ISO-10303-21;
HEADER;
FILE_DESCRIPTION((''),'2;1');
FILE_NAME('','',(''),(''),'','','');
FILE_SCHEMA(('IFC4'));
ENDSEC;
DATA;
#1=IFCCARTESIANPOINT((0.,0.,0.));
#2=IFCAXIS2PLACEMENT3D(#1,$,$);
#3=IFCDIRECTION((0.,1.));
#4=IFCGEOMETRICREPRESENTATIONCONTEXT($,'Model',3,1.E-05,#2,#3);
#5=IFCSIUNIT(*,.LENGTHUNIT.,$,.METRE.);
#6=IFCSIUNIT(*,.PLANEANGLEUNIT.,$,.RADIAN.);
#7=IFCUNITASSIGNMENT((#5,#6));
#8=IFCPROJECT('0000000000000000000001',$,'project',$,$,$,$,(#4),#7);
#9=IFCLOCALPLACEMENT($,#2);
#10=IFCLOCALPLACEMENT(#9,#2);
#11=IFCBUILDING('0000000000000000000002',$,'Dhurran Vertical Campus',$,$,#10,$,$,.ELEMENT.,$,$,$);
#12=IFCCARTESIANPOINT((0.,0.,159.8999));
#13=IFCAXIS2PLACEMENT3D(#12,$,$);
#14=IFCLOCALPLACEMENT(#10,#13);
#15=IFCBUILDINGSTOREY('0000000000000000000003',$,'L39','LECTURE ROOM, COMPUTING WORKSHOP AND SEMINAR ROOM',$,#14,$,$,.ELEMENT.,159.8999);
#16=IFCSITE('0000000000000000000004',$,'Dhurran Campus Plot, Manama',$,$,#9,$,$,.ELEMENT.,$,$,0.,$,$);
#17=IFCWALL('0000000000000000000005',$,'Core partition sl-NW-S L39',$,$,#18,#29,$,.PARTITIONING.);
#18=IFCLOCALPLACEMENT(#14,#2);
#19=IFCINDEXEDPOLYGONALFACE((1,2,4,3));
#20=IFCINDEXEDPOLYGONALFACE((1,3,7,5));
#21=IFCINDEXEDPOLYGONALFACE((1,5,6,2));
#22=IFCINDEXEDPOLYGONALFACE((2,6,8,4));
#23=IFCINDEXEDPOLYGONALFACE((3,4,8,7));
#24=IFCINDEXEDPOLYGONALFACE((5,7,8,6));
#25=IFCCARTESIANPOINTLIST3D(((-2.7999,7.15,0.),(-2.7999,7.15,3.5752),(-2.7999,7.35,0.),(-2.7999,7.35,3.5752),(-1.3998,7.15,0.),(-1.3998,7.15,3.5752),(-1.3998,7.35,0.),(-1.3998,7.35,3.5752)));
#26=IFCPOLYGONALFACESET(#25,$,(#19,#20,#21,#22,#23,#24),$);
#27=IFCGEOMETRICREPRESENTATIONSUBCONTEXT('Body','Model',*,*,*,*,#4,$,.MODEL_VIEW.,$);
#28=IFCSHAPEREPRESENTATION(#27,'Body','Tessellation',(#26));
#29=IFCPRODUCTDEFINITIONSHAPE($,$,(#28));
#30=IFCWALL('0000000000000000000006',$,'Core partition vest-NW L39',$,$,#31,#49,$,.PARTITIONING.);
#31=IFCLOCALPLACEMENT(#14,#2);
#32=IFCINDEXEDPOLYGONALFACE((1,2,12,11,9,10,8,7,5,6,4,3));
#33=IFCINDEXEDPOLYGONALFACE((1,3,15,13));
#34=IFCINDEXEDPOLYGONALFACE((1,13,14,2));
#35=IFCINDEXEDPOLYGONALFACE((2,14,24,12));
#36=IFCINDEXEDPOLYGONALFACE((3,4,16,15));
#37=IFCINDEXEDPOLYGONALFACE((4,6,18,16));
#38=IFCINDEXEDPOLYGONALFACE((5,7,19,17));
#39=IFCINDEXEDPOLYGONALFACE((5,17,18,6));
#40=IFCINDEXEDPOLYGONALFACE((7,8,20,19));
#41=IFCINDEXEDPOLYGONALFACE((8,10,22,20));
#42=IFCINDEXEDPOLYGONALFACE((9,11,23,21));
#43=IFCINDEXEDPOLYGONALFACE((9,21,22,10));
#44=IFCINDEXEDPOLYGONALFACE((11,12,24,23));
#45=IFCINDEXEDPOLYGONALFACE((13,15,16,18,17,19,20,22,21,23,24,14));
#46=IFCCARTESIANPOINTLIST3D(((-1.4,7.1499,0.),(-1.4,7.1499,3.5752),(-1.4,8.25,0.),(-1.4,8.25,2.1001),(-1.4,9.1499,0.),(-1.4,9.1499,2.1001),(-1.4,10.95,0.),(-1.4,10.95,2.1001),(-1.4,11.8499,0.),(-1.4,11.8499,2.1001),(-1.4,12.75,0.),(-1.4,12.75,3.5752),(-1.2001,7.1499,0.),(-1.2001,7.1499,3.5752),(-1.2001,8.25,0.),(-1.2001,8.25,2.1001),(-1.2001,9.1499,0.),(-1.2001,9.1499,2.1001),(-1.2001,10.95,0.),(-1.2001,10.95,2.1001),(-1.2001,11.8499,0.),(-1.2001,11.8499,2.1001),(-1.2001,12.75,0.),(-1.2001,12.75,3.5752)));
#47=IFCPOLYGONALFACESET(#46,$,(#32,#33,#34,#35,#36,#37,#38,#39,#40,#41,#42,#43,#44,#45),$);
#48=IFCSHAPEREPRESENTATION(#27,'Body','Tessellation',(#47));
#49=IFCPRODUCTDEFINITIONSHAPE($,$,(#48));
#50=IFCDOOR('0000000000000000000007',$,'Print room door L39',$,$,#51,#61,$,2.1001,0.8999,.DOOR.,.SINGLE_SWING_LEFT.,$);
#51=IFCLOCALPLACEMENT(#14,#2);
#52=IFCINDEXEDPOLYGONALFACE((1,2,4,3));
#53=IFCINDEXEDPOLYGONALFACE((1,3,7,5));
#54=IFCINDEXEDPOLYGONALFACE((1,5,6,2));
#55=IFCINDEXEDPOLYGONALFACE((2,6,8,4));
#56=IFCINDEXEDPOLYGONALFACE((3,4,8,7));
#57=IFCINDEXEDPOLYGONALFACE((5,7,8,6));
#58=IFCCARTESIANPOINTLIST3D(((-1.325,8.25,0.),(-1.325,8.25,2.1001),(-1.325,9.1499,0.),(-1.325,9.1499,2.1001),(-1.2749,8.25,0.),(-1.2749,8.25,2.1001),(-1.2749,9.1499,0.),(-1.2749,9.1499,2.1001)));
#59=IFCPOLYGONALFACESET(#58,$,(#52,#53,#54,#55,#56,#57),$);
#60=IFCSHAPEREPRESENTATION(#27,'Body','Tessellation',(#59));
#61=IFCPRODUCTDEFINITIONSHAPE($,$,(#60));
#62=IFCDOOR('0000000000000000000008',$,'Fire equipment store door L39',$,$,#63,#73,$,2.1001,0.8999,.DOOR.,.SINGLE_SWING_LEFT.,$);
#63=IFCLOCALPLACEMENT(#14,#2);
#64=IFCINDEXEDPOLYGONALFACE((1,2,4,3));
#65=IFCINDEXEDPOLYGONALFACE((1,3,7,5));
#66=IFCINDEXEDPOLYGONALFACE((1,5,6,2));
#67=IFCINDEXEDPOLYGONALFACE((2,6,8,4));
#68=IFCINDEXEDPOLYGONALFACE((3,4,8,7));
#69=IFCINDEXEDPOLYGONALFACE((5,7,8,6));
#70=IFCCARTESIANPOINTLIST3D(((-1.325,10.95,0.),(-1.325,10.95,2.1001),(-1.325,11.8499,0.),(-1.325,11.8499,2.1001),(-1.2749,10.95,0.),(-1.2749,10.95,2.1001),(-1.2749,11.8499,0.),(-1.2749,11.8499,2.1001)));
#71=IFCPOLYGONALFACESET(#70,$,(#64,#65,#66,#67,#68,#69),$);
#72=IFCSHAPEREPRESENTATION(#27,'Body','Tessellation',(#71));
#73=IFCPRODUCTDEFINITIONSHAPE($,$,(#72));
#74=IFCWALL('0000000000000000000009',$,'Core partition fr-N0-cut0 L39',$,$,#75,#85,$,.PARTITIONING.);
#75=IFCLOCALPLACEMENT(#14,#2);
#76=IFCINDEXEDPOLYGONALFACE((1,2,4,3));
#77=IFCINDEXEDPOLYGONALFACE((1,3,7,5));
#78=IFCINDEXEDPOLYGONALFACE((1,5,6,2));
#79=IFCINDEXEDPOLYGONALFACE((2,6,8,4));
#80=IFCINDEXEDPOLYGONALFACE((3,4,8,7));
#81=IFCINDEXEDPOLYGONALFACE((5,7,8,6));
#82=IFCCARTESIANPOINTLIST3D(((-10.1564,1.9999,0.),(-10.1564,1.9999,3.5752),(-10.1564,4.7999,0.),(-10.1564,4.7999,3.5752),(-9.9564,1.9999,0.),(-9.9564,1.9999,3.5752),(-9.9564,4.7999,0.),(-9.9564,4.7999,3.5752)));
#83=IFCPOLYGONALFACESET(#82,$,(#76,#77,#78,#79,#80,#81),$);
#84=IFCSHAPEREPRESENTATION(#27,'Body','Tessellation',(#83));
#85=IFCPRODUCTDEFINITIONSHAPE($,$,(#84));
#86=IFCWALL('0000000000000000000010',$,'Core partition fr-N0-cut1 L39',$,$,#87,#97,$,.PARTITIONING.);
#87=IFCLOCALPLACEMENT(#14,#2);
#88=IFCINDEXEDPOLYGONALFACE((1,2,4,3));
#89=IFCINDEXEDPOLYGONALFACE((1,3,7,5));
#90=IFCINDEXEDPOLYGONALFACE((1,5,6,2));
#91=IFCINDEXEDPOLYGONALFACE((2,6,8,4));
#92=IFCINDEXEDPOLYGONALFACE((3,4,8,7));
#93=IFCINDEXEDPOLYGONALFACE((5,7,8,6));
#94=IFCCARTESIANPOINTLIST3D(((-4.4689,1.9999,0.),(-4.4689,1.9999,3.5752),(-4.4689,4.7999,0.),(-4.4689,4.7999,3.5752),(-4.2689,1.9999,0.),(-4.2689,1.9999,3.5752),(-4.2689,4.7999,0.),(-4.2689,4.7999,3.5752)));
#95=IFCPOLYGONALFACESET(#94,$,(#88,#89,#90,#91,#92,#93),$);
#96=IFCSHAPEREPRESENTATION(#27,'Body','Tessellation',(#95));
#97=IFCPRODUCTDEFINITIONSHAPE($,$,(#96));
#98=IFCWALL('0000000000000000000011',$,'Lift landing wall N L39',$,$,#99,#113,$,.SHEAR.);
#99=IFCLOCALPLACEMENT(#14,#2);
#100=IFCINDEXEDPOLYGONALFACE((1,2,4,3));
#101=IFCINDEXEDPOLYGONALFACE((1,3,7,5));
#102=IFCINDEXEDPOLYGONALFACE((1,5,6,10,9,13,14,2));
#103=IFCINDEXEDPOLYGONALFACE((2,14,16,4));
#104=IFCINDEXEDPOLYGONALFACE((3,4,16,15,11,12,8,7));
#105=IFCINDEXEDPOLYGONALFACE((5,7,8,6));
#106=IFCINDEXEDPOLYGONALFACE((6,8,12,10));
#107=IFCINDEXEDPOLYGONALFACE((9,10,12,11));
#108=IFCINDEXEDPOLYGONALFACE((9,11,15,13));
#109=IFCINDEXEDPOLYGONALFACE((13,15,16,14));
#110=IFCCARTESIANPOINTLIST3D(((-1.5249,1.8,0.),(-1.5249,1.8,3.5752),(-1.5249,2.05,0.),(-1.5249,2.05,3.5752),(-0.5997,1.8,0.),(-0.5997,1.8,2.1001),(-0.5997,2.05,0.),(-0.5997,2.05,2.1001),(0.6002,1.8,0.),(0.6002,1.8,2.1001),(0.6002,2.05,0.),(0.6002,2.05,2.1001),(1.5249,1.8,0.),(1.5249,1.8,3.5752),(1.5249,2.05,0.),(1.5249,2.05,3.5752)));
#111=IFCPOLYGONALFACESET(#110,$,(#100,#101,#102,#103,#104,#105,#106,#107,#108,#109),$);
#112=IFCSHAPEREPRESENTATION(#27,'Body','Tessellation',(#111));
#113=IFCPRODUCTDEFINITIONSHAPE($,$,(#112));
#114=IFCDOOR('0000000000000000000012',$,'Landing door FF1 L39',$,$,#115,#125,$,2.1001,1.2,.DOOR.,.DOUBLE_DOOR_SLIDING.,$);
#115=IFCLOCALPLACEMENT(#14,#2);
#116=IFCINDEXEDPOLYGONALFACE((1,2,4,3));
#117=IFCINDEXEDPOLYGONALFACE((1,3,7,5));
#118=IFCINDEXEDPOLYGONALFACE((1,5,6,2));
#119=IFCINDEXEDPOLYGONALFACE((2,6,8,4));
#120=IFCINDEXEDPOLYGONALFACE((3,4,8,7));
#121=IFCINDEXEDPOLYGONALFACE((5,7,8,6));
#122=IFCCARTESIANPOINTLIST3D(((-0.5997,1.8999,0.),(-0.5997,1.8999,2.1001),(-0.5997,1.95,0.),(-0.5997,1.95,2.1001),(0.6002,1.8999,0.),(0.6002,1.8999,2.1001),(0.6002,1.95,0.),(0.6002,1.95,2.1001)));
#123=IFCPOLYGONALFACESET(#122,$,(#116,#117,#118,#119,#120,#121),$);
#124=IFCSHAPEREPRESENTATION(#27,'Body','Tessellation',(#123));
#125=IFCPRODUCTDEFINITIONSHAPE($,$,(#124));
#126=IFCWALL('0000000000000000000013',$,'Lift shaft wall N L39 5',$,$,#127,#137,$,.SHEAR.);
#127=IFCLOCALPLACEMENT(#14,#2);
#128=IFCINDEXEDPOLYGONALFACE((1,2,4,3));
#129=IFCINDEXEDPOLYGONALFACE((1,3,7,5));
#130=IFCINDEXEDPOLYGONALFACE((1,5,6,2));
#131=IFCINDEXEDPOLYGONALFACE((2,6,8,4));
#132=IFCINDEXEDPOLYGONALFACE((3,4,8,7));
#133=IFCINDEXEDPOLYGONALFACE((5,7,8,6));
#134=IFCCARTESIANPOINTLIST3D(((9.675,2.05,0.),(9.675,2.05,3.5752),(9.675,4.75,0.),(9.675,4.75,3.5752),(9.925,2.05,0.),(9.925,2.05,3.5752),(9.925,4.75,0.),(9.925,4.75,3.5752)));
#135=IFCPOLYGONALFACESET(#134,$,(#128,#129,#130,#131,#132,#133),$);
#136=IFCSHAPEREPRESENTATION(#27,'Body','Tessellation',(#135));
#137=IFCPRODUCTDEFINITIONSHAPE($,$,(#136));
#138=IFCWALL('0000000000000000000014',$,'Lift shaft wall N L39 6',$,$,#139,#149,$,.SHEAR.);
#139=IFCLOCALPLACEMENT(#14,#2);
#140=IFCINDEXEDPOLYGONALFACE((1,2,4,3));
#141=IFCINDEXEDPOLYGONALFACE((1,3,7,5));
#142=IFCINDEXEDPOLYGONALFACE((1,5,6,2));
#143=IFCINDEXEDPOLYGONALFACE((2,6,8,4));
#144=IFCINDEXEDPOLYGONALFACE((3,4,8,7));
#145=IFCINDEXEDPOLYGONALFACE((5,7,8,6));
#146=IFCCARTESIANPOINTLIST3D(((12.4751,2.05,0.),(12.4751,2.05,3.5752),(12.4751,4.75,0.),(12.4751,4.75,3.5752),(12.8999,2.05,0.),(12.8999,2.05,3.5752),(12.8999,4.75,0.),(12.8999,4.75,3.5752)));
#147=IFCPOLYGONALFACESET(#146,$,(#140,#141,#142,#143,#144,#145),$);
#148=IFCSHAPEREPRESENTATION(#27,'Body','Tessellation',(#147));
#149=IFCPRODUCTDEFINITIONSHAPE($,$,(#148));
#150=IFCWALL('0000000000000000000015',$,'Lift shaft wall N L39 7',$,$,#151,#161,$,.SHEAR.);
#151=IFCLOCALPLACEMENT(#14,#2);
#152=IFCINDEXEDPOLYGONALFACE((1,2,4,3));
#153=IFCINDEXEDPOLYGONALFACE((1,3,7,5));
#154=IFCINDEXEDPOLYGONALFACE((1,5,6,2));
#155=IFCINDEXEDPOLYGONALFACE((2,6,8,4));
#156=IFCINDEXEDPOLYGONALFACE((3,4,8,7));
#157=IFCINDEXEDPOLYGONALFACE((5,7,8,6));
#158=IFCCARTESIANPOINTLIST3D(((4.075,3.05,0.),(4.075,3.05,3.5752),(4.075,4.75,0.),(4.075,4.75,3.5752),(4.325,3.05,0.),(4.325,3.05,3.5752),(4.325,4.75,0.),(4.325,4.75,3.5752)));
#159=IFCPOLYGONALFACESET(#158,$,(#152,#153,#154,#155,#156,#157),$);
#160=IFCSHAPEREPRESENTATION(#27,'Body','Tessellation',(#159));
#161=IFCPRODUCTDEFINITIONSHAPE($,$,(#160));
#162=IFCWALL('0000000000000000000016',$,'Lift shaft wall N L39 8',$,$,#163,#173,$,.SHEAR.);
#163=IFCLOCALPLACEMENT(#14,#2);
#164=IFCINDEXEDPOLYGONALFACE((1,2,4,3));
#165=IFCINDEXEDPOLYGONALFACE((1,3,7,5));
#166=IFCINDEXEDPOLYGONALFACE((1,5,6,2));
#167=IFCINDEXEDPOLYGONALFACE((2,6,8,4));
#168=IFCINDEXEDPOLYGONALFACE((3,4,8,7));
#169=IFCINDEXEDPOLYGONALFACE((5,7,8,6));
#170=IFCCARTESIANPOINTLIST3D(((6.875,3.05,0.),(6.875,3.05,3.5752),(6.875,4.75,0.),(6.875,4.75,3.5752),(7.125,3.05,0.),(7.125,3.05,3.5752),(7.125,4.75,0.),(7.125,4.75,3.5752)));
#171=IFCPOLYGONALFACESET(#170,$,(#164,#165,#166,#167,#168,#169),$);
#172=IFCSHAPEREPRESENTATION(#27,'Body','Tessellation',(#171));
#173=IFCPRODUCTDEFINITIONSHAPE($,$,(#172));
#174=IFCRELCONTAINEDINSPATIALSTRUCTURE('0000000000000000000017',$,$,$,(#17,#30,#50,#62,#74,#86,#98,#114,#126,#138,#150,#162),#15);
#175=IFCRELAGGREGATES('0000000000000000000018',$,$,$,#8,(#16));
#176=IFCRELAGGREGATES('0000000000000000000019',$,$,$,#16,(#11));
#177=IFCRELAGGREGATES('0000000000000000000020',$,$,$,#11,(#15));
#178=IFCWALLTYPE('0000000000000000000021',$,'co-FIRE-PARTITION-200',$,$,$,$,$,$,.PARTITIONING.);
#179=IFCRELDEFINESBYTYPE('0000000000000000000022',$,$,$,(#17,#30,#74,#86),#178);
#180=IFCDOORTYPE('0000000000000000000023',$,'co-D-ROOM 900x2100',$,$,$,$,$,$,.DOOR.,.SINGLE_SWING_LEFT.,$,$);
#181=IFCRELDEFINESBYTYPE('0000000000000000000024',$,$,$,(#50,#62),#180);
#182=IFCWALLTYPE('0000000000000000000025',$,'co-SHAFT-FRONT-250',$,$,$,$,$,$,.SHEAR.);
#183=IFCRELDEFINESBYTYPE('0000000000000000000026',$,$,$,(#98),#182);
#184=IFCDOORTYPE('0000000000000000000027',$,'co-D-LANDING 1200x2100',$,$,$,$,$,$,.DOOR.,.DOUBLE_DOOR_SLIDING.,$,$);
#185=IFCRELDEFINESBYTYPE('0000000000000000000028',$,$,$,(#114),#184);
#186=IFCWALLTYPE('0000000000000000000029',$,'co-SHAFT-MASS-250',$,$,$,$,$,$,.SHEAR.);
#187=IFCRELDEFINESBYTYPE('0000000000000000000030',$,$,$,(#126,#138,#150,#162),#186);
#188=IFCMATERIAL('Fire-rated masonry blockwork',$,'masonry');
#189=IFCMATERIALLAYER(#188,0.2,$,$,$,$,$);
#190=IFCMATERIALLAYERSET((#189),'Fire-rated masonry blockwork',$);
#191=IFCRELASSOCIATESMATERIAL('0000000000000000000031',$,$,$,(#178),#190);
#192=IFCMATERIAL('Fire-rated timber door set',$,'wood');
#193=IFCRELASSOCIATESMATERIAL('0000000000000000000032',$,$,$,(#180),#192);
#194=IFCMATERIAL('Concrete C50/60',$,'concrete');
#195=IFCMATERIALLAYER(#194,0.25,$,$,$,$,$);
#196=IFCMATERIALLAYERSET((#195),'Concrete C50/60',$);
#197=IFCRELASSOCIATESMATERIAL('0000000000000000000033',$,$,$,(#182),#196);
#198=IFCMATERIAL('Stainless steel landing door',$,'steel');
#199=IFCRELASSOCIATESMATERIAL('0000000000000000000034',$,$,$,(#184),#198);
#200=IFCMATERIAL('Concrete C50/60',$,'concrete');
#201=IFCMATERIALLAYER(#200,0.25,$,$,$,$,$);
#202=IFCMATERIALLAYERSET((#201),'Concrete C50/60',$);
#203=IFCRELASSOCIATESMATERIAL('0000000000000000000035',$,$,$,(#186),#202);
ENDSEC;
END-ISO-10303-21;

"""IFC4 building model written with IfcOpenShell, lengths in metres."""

from ifc_helpers import new_model, si_unit, direction, frame, frame_2d, origin, place, context, subcontext, project, spatial, polyline, rectangle, outline, extrude, material, layer, layer_set, type_object, element, fill, save


model = new_model("IFC4")

# Units and contexts
model_context = context("Model", 3, precision=1e-05, world=origin(), true_north=direction((0.0, 1.0)))
body_context = subcontext(model_context, "Body", "Model", "MODEL_VIEW")
ifc_project = project(units=[si_unit("LENGTHUNIT", "METRE"), si_unit("PLANEANGLEUNIT", "RADIAN")], contexts=[model_context])

# Site, building, storey
site_placement = place(None, origin())
site = spatial("IfcSite", under=ifc_project, at=site_placement, Name="Dhurran Campus Plot, Manama", CompositionType="ELEMENT", RefElevation=0.0)
building_placement = place(site_placement, origin())
building = spatial("IfcBuilding", under=site, at=building_placement, Name="Dhurran Vertical Campus", CompositionType="ELEMENT")
storey_placement = place(building_placement, frame((0.0, 0.0, 159.8999)))
storey = spatial("IfcBuildingStorey", under=building, at=storey_placement, Name="L39", Description="LECTURE ROOM, COMPUTING WORKSHOP AND SEMINAR ROOM", CompositionType="ELEMENT", Elevation=159.8999)

# Wall
ifc_material_1 = material(Name="Fire-rated masonry blockwork", Category="masonry")
ifc_layer_1 = layer(ifc_material_1, 0.2)
ifc_layer_set_1 = layer_set([ifc_layer_1], Name="Fire-rated masonry blockwork")
wall_type_1 = type_object("IfcWallType", Name="co-FIRE-PARTITION-200", PredefinedType="PARTITIONING", material=ifc_layer_set_1)
wall_1_placement = place(storey_placement, frame((-2.8, 7.25, 0.0), z_axis=(0.0, 0.0, 1.0), x_axis=(1.0, 0.0, 0.0)))
element("IfcWall", 1, at=wall_1_placement, inside=storey, type_object=wall_type_1, Name="Core partition sl-NW-S L39", PredefinedType="PARTITIONING", context=body_context, shape_type="SweptSolid", body=[
    extrude(rectangle(XDim=1.4001, YDim=0.2, at=frame_2d((0.7002, 0.0))), origin(), (0.0, 0.0, 1.0), 3.5752),
])

# Wall, openings, doors
wall_2_placement = place(storey_placement, frame((-1.3, 7.1499, 0.0), z_axis=(0.0, 0.0, 1.0), x_axis=(0.0, 1.0, 0.0)))
wall_2 = element("IfcWall", 2, at=wall_2_placement, inside=storey, type_object=wall_type_1, Name="Core partition vest-NW L39", PredefinedType="PARTITIONING", context=body_context, shape_type="SweptSolid", body=[
    extrude(rectangle(XDim=5.6001, YDim=0.2, at=frame_2d((2.8, 0.0))), origin(), (0.0, 0.0, 1.0), 3.5752),
])
opening_1_placement = place(wall_2_placement, frame((1.1001, 0.0, 0.0)))
opening_1 = element("IfcOpeningElement", 3, at=opening_1_placement, cuts=wall_2, PredefinedType="OPENING", context=body_context, shape_type="SweptSolid", body=[
    extrude(rectangle(XDim=0.8999, YDim=2.1001, at=frame_2d((0.45, 1.05))), frame((0.0, 0.1099, 0.0), z_axis=(0.0, -1.0, 0.0), x_axis=(1.0, 0.0, 0.0)), (0.0, 0.0, 1.0), 0.22),
])
opening_2_placement = place(wall_2_placement, frame((3.8, 0.0, 0.0)))
opening_2 = element("IfcOpeningElement", 4, at=opening_2_placement, cuts=wall_2, PredefinedType="OPENING", context=body_context, shape_type="SweptSolid", body=[
    extrude(rectangle(XDim=0.8999, YDim=2.1001, at=frame_2d((0.45, 1.05))), frame((0.0, 0.1099, 0.0), z_axis=(0.0, -1.0, 0.0), x_axis=(1.0, 0.0, 0.0)), (0.0, 0.0, 1.0), 0.22),
])
ifc_material_2 = material(Name="Fire-rated timber door set", Category="wood")
door_type_1 = type_object("IfcDoorType", Name="co-D-ROOM 900x2100", OperationType="SINGLE_SWING_LEFT", PredefinedType="DOOR", material=ifc_material_2)
door_1_placement = place(opening_1_placement, origin())
door_1 = element("IfcDoor", 5, at=door_1_placement, inside=storey, type_object=door_type_1, Name="Print room door L39", OperationType="SINGLE_SWING_LEFT", OverallHeight=2.1001, OverallWidth=0.8999, PredefinedType="DOOR", context=body_context, shape_type="SweptSolid", body=[
    extrude(rectangle(XDim=0.8999, YDim=2.1001, at=frame_2d((0.45, 1.05))), frame((0.0, 0.0249, 0.0), z_axis=(0.0, -1.0, 0.0), x_axis=(1.0, 0.0, 0.0)), (0.0, 0.0, 1.0), 0.05),
])
fill(opening_1, door_1)
door_2_placement = place(opening_2_placement, origin())
door_2 = element("IfcDoor", 6, at=door_2_placement, inside=storey, type_object=door_type_1, Name="Fire equipment store door L39", OperationType="SINGLE_SWING_LEFT", OverallHeight=2.1001, OverallWidth=0.8999, PredefinedType="DOOR", context=body_context, shape_type="SweptSolid", body=[
    extrude(rectangle(XDim=0.8999, YDim=2.1001, at=frame_2d((0.45, 1.05))), frame((0.0, 0.0249, 0.0), z_axis=(0.0, -1.0, 0.0), x_axis=(1.0, 0.0, 0.0)), (0.0, 0.0, 1.0), 0.05),
])
fill(opening_2, door_2)

# Walls
for number, where, z_axis, x_axis, name in (
    (7, (-10.0564, 2.0, 0.0), (0.0, 0.0, 1.0), (0.0, 1.0, 0.0), "Core partition fr-N0-cut0 L39"),
    (8, (-4.3689, 2.0, 0.0), (0.0, 0.0, 1.0), (0.0, 1.0, 0.0), "Core partition fr-N0-cut1 L39"),
):
    element("IfcWall", number, at=place(storey_placement, frame(where, z_axis=z_axis, x_axis=x_axis)), inside=storey, type_object=wall_type_1, Name=name, PredefinedType="PARTITIONING", context=body_context, shape_type="SweptSolid", body=[
        extrude(rectangle(XDim=2.8, YDim=0.2, at=frame_2d((1.3999, 0.0))), origin(), (0.0, 0.0, 1.0), 3.5752),
    ])

# Wall, opening, door
ifc_material_3 = material(Name="Concrete C50/60", Category="concrete")
ifc_layer_2 = layer(ifc_material_3, 0.25)
ifc_layer_set_2 = layer_set([ifc_layer_2], Name="Concrete C50/60")
wall_type_2 = type_object("IfcWallType", Name="co-SHAFT-FRONT-250", PredefinedType="SHEAR", material=ifc_layer_set_2)
wall_3_placement = place(storey_placement, frame((-1.5249, 1.925, 0.0), z_axis=(0.0, 0.0, 1.0), x_axis=(1.0, 0.0, 0.0)))
wall_3 = element("IfcWall", 9, at=wall_3_placement, inside=storey, type_object=wall_type_2, Name="Lift landing wall N L39", PredefinedType="SHEAR", context=body_context, shape_type="SweptSolid", body=[
    extrude(rectangle(XDim=3.0498, YDim=0.25, at=frame_2d((1.5249, 0.0))), origin(), (0.0, 0.0, 1.0), 3.5752),
])
opening_3_placement = place(wall_3_placement, frame((0.925, 0.0, 0.0)))
opening_3 = element("IfcOpeningElement", 10, at=opening_3_placement, cuts=wall_3, PredefinedType="OPENING", context=body_context, shape_type="SweptSolid", body=[
    extrude(rectangle(XDim=1.2, YDim=2.1001, at=frame_2d((0.6001, 1.05))), frame((0.0, 0.135, 0.0), z_axis=(0.0, -1.0, 0.0), x_axis=(1.0, 0.0, 0.0)), (0.0, 0.0, 1.0), 0.27),
])
ifc_material_4 = material(Name="Stainless steel landing door", Category="steel")
door_type_2 = type_object("IfcDoorType", Name="co-D-LANDING 1200x2100", OperationType="DOUBLE_DOOR_SLIDING", PredefinedType="DOOR", material=ifc_material_4)
door_3_placement = place(opening_3_placement, origin())
door_3 = element("IfcDoor", 11, at=door_3_placement, inside=storey, type_object=door_type_2, Name="Landing door FF1 L39", OperationType="DOUBLE_DOOR_SLIDING", OverallHeight=2.1001, OverallWidth=1.2, PredefinedType="DOOR", context=body_context, shape_type="SweptSolid", body=[
    extrude(rectangle(XDim=1.2, YDim=2.1001, at=frame_2d((0.6001, 1.05))), frame((0.0, 0.0249, 0.0), z_axis=(0.0, -1.0, 0.0), x_axis=(1.0, 0.0, 0.0)), (0.0, 0.0, 1.0), 0.05),
])
fill(opening_3, door_3)

# Walls
ifc_material_5 = material(Name="Concrete C50/60", Category="concrete")
ifc_layer_3 = layer(ifc_material_5, 0.25)
ifc_layer_set_3 = layer_set([ifc_layer_3], Name="Concrete C50/60")
wall_type_3 = type_object("IfcWallType", Name="co-SHAFT-MASS-250", PredefinedType="SHEAR", material=ifc_layer_set_3)
wall_4_placement = place(storey_placement, origin())
element("IfcWall", 12, at=wall_4_placement, inside=storey, type_object=wall_type_3, Name="Lift shaft wall N L39 5", PredefinedType="SHEAR", context=body_context, shape_type="SweptSolid", body=[
    extrude(outline(polyline([(9.675, 2.05), (9.925, 2.05), (9.925, 4.75), (9.675, 4.75), (9.675, 2.05)])), origin(), (0.0, 0.0, 1.0), 3.5752),
])
wall_5_placement = place(storey_placement, origin())
element("IfcWall", 13, at=wall_5_placement, inside=storey, type_object=wall_type_3, Name="Lift shaft wall N L39 6", PredefinedType="SHEAR", context=body_context, shape_type="SweptSolid", body=[
    extrude(outline(polyline([(12.4751, 2.05), (12.8999, 2.05), (12.8999, 4.75), (12.4751, 4.75), (12.4751, 2.05)])), origin(), (0.0, 0.0, 1.0), 3.5752),
])
wall_6_placement = place(storey_placement, origin())
element("IfcWall", 14, at=wall_6_placement, inside=storey, type_object=wall_type_3, Name="Lift shaft wall N L39 7", PredefinedType="SHEAR", context=body_context, shape_type="SweptSolid", body=[
    extrude(outline(polyline([(4.075, 3.05), (4.325, 3.05), (4.325, 4.75), (4.075, 4.75), (4.075, 3.05)])), origin(), (0.0, 0.0, 1.0), 3.5752),
])
wall_7_placement = place(storey_placement, origin())
element("IfcWall", 15, at=wall_7_placement, inside=storey, type_object=wall_type_3, Name="Lift shaft wall N L39 8", PredefinedType="SHEAR", context=body_context, shape_type="SweptSolid", body=[
    extrude(outline(polyline([(6.875, 3.05), (7.125, 3.05), (7.125, 4.75), (6.875, 4.75), (6.875, 3.05)])), origin(), (0.0, 0.0, 1.0), 3.5752),
])

save(model, "model.ifc")
